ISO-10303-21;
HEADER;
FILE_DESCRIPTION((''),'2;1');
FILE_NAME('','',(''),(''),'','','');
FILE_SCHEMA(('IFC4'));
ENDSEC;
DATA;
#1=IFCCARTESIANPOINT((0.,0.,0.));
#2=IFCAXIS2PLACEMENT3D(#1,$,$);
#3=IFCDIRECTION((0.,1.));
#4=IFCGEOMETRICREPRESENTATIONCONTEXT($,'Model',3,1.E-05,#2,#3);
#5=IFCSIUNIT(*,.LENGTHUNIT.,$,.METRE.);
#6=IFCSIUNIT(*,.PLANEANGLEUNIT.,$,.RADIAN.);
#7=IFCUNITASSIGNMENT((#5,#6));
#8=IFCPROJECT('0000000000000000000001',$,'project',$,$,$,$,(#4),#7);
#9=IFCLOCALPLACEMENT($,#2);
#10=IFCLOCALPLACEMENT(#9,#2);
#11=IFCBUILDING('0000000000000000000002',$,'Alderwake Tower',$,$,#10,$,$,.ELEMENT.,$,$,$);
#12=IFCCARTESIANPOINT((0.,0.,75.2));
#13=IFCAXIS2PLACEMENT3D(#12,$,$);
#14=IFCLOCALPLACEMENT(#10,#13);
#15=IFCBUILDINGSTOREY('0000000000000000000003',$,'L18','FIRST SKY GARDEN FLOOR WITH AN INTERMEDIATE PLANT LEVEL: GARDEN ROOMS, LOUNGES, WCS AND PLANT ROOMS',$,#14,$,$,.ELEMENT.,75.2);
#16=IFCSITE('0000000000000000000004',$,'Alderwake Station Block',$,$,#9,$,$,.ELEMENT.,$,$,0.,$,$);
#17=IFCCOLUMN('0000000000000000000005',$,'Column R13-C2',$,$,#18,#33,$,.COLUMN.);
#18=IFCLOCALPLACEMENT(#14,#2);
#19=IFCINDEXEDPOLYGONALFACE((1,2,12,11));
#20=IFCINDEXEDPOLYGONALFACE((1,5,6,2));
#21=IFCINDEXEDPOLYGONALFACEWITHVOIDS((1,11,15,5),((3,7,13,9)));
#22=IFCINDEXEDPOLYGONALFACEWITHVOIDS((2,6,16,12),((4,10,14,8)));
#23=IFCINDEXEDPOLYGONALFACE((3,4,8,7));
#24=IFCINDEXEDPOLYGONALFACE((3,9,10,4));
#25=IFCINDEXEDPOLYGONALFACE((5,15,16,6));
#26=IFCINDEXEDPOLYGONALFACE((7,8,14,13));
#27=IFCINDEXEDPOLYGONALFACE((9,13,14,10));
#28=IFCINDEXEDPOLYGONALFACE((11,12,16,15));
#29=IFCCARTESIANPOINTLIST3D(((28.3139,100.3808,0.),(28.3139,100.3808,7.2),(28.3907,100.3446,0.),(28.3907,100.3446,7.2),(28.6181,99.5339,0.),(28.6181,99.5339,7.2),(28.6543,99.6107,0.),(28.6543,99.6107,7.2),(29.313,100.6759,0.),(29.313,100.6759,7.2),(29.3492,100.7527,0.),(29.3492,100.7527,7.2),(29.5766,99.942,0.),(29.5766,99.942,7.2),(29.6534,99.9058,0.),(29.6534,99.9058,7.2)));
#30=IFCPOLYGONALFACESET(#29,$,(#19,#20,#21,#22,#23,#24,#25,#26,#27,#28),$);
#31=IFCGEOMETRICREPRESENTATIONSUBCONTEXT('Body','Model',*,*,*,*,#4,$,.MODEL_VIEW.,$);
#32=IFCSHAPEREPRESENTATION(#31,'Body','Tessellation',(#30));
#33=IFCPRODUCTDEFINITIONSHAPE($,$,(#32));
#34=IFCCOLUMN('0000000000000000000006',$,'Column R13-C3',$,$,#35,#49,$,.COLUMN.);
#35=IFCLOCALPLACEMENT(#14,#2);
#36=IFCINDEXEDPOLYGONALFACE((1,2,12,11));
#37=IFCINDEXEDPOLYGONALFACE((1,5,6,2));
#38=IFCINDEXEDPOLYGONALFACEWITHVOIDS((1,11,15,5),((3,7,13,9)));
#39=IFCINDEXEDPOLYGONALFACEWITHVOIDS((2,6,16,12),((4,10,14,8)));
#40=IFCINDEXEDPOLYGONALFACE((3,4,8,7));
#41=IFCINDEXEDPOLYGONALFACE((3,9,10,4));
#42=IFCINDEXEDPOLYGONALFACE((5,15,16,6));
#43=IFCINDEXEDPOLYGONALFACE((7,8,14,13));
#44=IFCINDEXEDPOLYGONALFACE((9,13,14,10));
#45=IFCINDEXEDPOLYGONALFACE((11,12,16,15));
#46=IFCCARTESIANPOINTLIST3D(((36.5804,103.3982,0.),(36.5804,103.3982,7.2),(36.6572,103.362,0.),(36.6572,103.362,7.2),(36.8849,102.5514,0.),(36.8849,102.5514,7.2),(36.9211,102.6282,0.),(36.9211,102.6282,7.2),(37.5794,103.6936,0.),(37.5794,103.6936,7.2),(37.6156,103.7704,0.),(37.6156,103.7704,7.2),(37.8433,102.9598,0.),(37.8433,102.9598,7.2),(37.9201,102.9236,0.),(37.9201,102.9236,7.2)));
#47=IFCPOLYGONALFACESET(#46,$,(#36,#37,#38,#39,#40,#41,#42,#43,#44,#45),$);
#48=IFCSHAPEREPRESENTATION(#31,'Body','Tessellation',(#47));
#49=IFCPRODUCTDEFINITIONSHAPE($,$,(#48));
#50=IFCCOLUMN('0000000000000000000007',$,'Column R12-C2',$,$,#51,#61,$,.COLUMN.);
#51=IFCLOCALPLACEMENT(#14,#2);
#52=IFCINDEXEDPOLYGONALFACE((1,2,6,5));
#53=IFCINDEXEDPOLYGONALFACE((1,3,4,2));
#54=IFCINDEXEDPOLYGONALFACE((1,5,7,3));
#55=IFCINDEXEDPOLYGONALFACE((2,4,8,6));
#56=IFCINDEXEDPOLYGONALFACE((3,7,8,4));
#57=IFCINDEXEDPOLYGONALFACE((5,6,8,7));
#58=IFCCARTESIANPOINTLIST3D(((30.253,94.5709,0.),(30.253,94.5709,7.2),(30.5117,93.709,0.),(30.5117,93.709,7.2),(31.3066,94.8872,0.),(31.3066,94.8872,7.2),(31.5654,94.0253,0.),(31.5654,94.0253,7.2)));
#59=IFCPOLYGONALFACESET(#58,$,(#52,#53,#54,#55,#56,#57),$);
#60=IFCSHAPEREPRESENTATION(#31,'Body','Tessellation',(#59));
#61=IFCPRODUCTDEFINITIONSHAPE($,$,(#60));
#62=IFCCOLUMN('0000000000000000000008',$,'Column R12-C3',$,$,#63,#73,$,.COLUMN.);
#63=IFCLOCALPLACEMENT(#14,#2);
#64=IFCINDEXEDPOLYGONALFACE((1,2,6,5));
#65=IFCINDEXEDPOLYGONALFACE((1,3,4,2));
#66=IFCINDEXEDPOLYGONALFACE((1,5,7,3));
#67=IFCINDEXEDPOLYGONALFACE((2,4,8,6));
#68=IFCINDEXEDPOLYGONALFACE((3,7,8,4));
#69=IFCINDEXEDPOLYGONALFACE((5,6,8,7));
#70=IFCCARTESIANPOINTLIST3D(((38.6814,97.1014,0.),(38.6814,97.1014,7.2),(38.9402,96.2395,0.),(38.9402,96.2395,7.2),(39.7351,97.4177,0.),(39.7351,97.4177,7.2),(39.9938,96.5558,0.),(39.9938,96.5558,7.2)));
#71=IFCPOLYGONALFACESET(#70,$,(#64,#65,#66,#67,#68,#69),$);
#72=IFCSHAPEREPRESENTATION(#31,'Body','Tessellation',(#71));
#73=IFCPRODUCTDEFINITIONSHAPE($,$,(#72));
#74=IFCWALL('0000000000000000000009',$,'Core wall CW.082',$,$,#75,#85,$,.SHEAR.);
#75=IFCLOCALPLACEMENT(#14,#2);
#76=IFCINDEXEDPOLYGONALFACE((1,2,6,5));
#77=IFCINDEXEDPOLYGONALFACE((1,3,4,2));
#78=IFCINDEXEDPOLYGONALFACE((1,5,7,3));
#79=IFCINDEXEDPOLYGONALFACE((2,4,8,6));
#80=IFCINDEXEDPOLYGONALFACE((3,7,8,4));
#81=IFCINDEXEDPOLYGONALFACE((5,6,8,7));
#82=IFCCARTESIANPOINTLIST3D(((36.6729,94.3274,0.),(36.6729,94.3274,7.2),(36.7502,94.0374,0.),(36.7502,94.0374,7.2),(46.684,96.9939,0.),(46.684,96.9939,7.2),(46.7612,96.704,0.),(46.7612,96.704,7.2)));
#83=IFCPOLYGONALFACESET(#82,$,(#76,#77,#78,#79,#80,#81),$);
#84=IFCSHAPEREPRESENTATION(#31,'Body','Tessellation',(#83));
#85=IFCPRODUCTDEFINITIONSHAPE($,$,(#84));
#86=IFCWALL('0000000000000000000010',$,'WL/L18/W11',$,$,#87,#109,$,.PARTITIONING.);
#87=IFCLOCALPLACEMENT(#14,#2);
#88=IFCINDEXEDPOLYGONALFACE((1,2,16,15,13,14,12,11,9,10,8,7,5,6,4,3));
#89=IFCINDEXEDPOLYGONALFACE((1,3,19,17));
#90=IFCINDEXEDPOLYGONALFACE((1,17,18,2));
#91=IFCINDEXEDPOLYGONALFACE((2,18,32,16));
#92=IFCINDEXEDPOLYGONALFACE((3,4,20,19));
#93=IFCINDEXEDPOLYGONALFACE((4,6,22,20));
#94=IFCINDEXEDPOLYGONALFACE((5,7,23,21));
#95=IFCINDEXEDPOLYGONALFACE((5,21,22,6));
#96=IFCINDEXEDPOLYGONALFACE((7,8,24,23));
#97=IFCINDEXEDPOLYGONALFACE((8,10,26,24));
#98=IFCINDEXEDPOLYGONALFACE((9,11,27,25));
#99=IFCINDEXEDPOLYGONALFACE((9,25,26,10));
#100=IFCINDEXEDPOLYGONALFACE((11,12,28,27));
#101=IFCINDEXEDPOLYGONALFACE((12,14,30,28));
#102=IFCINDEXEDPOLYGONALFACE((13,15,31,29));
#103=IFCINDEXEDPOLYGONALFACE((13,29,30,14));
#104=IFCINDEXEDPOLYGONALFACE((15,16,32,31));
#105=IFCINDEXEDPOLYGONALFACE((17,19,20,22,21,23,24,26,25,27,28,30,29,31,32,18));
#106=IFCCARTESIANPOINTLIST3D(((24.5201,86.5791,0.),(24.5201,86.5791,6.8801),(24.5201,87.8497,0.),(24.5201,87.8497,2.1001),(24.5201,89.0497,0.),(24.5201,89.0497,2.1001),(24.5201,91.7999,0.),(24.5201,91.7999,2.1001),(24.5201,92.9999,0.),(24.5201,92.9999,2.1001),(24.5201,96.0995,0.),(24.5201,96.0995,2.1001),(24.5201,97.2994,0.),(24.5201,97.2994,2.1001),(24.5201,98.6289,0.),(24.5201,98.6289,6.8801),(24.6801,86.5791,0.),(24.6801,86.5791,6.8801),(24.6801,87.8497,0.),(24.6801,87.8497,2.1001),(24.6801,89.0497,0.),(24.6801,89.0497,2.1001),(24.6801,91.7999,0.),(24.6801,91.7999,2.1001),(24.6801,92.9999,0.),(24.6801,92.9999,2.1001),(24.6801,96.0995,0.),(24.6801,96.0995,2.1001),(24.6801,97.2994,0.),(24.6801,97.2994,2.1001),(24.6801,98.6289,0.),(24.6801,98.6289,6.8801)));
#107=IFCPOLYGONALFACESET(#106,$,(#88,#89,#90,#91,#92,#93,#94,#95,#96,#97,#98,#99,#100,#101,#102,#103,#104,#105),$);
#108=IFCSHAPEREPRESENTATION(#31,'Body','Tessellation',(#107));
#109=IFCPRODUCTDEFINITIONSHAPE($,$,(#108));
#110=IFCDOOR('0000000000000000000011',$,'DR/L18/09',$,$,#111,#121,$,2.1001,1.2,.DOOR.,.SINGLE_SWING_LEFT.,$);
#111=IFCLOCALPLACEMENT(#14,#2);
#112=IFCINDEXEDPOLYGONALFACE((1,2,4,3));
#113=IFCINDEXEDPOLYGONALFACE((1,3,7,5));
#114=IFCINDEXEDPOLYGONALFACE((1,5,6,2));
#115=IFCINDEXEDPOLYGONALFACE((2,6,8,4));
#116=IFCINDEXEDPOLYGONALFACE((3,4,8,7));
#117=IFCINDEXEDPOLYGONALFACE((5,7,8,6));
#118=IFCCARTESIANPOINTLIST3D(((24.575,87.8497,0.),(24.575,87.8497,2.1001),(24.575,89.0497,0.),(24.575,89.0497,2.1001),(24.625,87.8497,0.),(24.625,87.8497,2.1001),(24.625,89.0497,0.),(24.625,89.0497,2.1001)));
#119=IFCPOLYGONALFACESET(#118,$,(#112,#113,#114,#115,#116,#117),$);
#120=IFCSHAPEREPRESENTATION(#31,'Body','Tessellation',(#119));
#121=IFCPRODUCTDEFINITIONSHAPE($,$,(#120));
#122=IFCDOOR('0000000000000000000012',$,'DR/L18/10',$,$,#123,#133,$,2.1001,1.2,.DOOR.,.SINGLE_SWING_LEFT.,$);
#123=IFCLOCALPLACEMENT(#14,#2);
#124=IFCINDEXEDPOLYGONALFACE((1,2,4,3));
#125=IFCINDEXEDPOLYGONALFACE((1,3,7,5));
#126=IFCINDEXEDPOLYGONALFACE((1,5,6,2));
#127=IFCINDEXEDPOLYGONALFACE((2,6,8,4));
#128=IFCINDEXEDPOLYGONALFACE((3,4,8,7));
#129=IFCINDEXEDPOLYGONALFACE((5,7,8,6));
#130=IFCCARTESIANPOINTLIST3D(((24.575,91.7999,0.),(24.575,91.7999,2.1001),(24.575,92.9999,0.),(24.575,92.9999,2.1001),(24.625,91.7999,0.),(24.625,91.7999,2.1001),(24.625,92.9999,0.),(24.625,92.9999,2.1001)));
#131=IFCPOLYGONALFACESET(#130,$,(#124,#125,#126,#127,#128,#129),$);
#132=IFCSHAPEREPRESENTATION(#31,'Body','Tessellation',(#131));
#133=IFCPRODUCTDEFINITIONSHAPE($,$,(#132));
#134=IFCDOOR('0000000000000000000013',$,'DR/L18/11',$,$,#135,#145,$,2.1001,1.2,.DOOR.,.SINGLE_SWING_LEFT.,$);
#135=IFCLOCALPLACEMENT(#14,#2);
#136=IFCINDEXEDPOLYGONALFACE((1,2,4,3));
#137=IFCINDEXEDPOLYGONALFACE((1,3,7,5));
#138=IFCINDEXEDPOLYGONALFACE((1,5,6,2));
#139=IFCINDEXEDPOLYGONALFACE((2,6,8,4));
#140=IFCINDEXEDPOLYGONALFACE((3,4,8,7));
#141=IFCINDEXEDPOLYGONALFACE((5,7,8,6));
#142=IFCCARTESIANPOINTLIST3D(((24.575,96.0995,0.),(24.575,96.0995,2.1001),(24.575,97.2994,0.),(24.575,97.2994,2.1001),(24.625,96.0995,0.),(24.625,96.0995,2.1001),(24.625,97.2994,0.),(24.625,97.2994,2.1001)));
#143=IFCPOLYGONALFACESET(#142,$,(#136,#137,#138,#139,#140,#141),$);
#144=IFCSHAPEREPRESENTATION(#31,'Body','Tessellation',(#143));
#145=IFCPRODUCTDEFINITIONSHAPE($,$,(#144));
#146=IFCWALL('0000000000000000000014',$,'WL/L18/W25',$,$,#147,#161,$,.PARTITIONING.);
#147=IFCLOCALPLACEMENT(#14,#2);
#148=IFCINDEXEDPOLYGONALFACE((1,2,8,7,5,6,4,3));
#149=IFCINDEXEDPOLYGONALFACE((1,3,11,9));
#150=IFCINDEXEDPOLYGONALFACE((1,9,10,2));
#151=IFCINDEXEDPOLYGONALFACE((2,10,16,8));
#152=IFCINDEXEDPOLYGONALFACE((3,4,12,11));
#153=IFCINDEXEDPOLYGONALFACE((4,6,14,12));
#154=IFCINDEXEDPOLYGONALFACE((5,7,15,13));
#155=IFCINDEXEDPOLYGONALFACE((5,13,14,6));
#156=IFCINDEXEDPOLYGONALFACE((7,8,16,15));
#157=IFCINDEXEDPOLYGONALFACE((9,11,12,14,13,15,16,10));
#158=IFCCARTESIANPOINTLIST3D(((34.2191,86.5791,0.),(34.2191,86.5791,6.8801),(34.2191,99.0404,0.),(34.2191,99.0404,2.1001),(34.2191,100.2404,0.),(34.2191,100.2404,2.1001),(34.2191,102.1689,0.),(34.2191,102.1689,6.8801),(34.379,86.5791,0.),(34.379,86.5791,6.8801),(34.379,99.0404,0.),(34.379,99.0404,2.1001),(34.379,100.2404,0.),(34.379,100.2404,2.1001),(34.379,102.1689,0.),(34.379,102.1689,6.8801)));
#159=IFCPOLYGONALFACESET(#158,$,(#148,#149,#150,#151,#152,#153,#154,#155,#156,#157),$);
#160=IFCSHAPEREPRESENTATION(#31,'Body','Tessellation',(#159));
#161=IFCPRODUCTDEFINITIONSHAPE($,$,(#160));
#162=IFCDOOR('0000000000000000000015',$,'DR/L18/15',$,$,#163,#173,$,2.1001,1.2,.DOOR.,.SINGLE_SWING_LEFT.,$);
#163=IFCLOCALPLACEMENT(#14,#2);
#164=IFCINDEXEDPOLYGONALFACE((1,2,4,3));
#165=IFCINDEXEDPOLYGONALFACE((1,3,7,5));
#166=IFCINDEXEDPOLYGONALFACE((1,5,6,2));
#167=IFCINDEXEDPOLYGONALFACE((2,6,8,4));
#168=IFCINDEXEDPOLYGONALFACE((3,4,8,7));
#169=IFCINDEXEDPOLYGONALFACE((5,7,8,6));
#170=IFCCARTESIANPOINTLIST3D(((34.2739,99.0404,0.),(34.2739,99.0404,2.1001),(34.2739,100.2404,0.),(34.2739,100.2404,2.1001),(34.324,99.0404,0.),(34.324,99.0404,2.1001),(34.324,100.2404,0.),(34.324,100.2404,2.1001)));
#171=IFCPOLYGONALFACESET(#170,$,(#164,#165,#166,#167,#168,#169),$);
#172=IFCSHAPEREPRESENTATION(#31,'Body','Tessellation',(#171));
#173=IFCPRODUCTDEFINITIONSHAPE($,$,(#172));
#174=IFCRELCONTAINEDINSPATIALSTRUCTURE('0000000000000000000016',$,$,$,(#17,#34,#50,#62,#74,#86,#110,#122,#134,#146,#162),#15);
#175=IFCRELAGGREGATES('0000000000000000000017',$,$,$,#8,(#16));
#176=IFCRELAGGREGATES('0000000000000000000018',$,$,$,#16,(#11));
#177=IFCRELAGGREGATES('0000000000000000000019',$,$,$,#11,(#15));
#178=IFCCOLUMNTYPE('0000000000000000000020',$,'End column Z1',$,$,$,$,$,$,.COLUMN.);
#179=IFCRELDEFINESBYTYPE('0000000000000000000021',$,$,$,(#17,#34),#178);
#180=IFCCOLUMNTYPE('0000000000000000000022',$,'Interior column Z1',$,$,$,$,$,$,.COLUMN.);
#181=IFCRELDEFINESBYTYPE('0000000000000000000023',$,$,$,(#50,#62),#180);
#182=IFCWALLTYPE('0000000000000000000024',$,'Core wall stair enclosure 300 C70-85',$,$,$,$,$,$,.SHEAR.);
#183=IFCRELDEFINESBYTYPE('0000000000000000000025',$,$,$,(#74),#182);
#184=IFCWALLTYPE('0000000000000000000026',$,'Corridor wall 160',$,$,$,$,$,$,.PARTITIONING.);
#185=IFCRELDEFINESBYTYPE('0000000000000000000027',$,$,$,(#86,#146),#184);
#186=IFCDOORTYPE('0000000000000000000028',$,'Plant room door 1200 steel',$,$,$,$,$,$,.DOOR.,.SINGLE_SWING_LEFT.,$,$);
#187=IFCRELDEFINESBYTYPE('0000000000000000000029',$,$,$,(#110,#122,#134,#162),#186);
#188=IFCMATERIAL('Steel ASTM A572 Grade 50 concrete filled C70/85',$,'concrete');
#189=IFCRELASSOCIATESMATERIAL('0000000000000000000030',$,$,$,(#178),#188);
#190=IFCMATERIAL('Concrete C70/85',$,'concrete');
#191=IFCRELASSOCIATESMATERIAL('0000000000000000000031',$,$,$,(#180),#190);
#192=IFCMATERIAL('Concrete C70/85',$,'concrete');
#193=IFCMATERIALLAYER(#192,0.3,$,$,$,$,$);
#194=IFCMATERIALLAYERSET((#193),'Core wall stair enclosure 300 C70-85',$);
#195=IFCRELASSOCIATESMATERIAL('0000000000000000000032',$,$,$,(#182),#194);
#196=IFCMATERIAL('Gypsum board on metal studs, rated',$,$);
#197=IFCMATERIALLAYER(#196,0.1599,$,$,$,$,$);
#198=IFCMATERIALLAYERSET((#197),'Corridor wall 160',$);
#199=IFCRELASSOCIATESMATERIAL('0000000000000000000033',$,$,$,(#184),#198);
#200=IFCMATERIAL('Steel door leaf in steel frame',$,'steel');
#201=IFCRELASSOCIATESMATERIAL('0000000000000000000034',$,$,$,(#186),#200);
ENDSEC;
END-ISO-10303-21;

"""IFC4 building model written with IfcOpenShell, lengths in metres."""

from ifc_helpers import new_model, si_unit, direction, frame, frame_2d, origin, origin_2d, place, context, subcontext, project, spatial, rectangle, hollow_rectangle, extrude, material, layer, layer_set, material_profile, profile_set, type_object, element, fill, save


model = new_model("IFC4")

# Units and contexts
model_context = context("Model", 3, precision=1e-05, world=origin(), true_north=direction((0.0, 1.0)))
body_context = subcontext(model_context, "Body", "Model", "MODEL_VIEW")
ifc_project = project(units=[si_unit("LENGTHUNIT", "METRE"), si_unit("PLANEANGLEUNIT", "RADIAN")], contexts=[model_context])

# Site, building, storey
site_placement = place(None, origin())
site = spatial("IfcSite", under=ifc_project, at=site_placement, Name="Alderwake Station Block", CompositionType="ELEMENT", RefElevation=0.0)
building_placement = place(site_placement, origin())
building = spatial("IfcBuilding", under=site, at=building_placement, Name="Alderwake Tower", CompositionType="ELEMENT")
storey_placement = place(building_placement, frame((0.0, 0.0, 75.2)))
storey = spatial("IfcBuildingStorey", under=building, at=storey_placement, Name="L18", Description="FIRST SKY GARDEN FLOOR WITH AN INTERMEDIATE PLANT LEVEL: GARDEN ROOMS, LOUNGES, WCS AND PLANT ROOMS", CompositionType="ELEMENT", Elevation=75.2)

# Columns
ifc_material_1 = material(Name="Steel ASTM A572 Grade 50 concrete filled C70/85", Category="concrete")
ifc_material_profile_1 = material_profile(ifc_material_1, hollow_rectangle(XDim=0.8999, YDim=1.1001, WallThickness=0.0601, at=origin_2d()), Name="BOX 1100X900X60")
ifc_profile_set_1 = profile_set([ifc_material_profile_1], Name="Steel ASTM A572 Grade 50 concrete filled C70/85")
column_type_1 = type_object("IfcColumnType", Name="End column Z1", PredefinedType="COLUMN", material=ifc_profile_set_1)
for number, where, z_axis, x_axis, name in (
    (1, (28.9836, 100.1433, 0.0), (0.0, 0.0, 1.0), (-0.338027, 0.941136, 0.0), "Column R13-C2"),
    (2, (37.2502, 103.1609, 0.0), (0.0, 0.0, 1.0), (-0.33837, 0.941013, 0.0), "Column R13-C3"),
):
    element("IfcColumn", number, at=place(storey_placement, frame(where, z_axis=z_axis, x_axis=x_axis)), inside=storey, type_object=column_type_1, Name=name, PredefinedType="COLUMN", context=body_context, shape_type="SweptSolid", body=[
        extrude(hollow_rectangle(XDim=0.8999, YDim=1.1001, WallThickness=0.0601, at=origin_2d()), origin(), (0.0, 0.0, 1.0), 7.2),
    ])
ifc_material_2 = material(Name="Concrete C70/85", Category="concrete")
ifc_material_profile_2 = material_profile(ifc_material_2, rectangle(XDim=0.8999, YDim=1.1001, at=origin_2d()), Name="RC 1100X900")
ifc_profile_set_2 = profile_set([ifc_material_profile_2], Name="Concrete C70/85")
column_type_2 = type_object("IfcColumnType", Name="Interior column Z1", PredefinedType="COLUMN", material=ifc_profile_set_2)
for number, where, z_axis, x_axis, name in (
    (3, (30.9092, 94.2981, 0.0), (0.0, 0.0, 1.0), (-0.287549, 0.957766, 0.0), "Column R12-C2"),
    (4, (39.3376, 96.8286, 0.0), (0.0, 0.0, 1.0), (-0.287549, 0.957766, 0.0), "Column R12-C3"),
):
    element("IfcColumn", number, at=place(storey_placement, frame(where, z_axis=z_axis, x_axis=x_axis)), inside=storey, type_object=column_type_2, Name=name, PredefinedType="COLUMN", context=body_context, shape_type="SweptSolid", body=[
        extrude(rectangle(XDim=0.8999, YDim=1.1001, at=origin_2d()), origin(), (0.0, 0.0, 1.0), 7.2),
    ])

# Wall
ifc_material_3 = material(Name="Concrete C70/85", Category="concrete")
ifc_layer_1 = layer(ifc_material_3, 0.3)
ifc_layer_set_1 = layer_set([ifc_layer_1], Name="Core wall stair enclosure 300 C70-85")
wall_type_1 = type_object("IfcWallType", Name="Core wall stair enclosure 300 C70-85", PredefinedType="SHEAR", material=ifc_layer_set_1)
wall_1_placement = place(storey_placement, frame((36.7114, 94.1824, 0.0), z_axis=(0.0, 0.0, 1.0), x_axis=(0.966309, 0.257384, 0.0)))
element("IfcWall", 5, at=wall_1_placement, inside=storey, type_object=wall_type_1, Name="Core wall CW.082", PredefinedType="SHEAR", context=body_context, shape_type="SweptSolid", body=[
    extrude(rectangle(XDim=10.3601, YDim=0.3, at=frame_2d((5.1802, 0.0))), origin(), (0.0, 0.0, 1.0), 7.2),
])

# Wall, openings, doors
ifc_material_4 = material(Name="Gypsum board on metal studs, rated")
ifc_layer_2 = layer(ifc_material_4, 0.1599)
ifc_layer_set_2 = layer_set([ifc_layer_2], Name="Corridor wall 160")
wall_type_2 = type_object("IfcWallType", Name="Corridor wall 160", PredefinedType="PARTITIONING", material=ifc_layer_set_2)
wall_2_placement = place(storey_placement, frame((24.6001, 98.6289, 0.0), z_axis=(0.0, 0.0, 1.0), x_axis=(0.0, -1.0, 0.0)))
wall_2 = element("IfcWall", 6, at=wall_2_placement, inside=storey, type_object=wall_type_2, Name="WL/L18/W11", PredefinedType="PARTITIONING", context=body_context, shape_type="SweptSolid", body=[
    extrude(rectangle(XDim=12.0498, YDim=0.1599, at=frame_2d((6.0249, 0.0))), origin(), (0.0, 0.0, 1.0), 6.8801),
])
opening_1_placement = place(wall_2_placement, frame((9.5791, 0.0, 0.0)))
opening_1 = element("IfcOpeningElement", 7, at=opening_1_placement, cuts=wall_2, PredefinedType="OPENING", context=body_context, shape_type="SweptSolid", body=[
    extrude(rectangle(XDim=1.2, YDim=2.1001, at=frame_2d((0.6001, 1.05))), frame((0.0, 0.0898, 0.0), z_axis=(0.0, -1.0, 0.0), x_axis=(1.0, 0.0, 0.0)), (0.0, 0.0, 1.0), 0.1799),
])
opening_2_placement = place(wall_2_placement, frame((5.6289, 0.0, 0.0)))
opening_2 = element("IfcOpeningElement", 8, at=opening_2_placement, cuts=wall_2, PredefinedType="OPENING", context=body_context, shape_type="SweptSolid", body=[
    extrude(rectangle(XDim=1.2, YDim=2.1001, at=frame_2d((0.6001, 1.05))), frame((0.0, 0.0898, 0.0), z_axis=(0.0, -1.0, 0.0), x_axis=(1.0, 0.0, 0.0)), (0.0, 0.0, 1.0), 0.1799),
])
opening_3_placement = place(wall_2_placement, frame((1.3293, 0.0, 0.0)))
opening_3 = element("IfcOpeningElement", 9, at=opening_3_placement, cuts=wall_2, PredefinedType="OPENING", context=body_context, shape_type="SweptSolid", body=[
    extrude(rectangle(XDim=1.2, YDim=2.1001, at=frame_2d((0.6001, 1.05))), frame((0.0, 0.0898, 0.0), z_axis=(0.0, -1.0, 0.0), x_axis=(1.0, 0.0, 0.0)), (0.0, 0.0, 1.0), 0.1799),
])
ifc_material_5 = material(Name="Steel door leaf in steel frame", Category="steel")
door_type_1 = type_object("IfcDoorType", Name="Plant room door 1200 steel", OperationType="SINGLE_SWING_LEFT", PredefinedType="DOOR", material=ifc_material_5)
door_1_placement = place(opening_1_placement, origin())
door_1 = element("IfcDoor", 10, at=door_1_placement, inside=storey, type_object=door_type_1, Name="DR/L18/09", OperationType="SINGLE_SWING_LEFT", OverallHeight=2.1001, OverallWidth=1.2, PredefinedType="DOOR", context=body_context, shape_type="SweptSolid", body=[
    extrude(rectangle(XDim=1.2, YDim=2.1001, at=frame_2d((0.6001, 1.05))), frame((0.0, 0.0249, 0.0), z_axis=(0.0, -1.0, 0.0), x_axis=(1.0, 0.0, 0.0)), (0.0, 0.0, 1.0), 0.05),
])
fill(opening_1, door_1)
door_2_placement = place(opening_2_placement, origin())
door_2 = element("IfcDoor", 11, at=door_2_placement, inside=storey, type_object=door_type_1, Name="DR/L18/10", OperationType="SINGLE_SWING_LEFT", OverallHeight=2.1001, OverallWidth=1.2, PredefinedType="DOOR", context=body_context, shape_type="SweptSolid", body=[
    extrude(rectangle(XDim=1.2, YDim=2.1001, at=frame_2d((0.6001, 1.05))), frame((0.0, 0.0249, 0.0), z_axis=(0.0, -1.0, 0.0), x_axis=(1.0, 0.0, 0.0)), (0.0, 0.0, 1.0), 0.05),
])
fill(opening_2, door_2)
door_3_placement = place(opening_3_placement, origin())
door_3 = element("IfcDoor", 12, at=door_3_placement, inside=storey, type_object=door_type_1, Name="DR/L18/11", OperationType="SINGLE_SWING_LEFT", OverallHeight=2.1001, OverallWidth=1.2, PredefinedType="DOOR", context=body_context, shape_type="SweptSolid", body=[
    extrude(rectangle(XDim=1.2, YDim=2.1001, at=frame_2d((0.6001, 1.05))), frame((0.0, 0.0249, 0.0), z_axis=(0.0, -1.0, 0.0), x_axis=(1.0, 0.0, 0.0)), (0.0, 0.0, 1.0), 0.05),
])
fill(opening_3, door_3)

# Wall, opening, door
wall_3_placement = place(storey_placement, frame((34.2991, 102.1689, 0.0), z_axis=(0.0, 0.0, 1.0), x_axis=(0.0, -1.0, 0.0)))
wall_3 = element("IfcWall", 13, at=wall_3_placement, inside=storey, type_object=wall_type_2, Name="WL/L18/W25", PredefinedType="PARTITIONING", context=body_context, shape_type="SweptSolid", body=[
    extrude(rectangle(XDim=15.5898, YDim=0.1599, at=frame_2d((7.7949, 0.0))), origin(), (0.0, 0.0, 1.0), 6.8801),
])
opening_4_placement = place(wall_3_placement, frame((1.9285, 0.0, 0.0)))
opening_4 = element("IfcOpeningElement", 14, at=opening_4_placement, cuts=wall_3, PredefinedType="OPENING", context=body_context, shape_type="SweptSolid", body=[
    extrude(rectangle(XDim=1.2, YDim=2.1001, at=frame_2d((0.6001, 1.05))), frame((0.0, 0.0898, 0.0), z_axis=(0.0, -1.0, 0.0), x_axis=(1.0, 0.0, 0.0)), (0.0, 0.0, 1.0), 0.1799),
])
door_4_placement = place(opening_4_placement, origin())
door_4 = element("IfcDoor", 15, at=door_4_placement, inside=storey, type_object=door_type_1, Name="DR/L18/15", OperationType="SINGLE_SWING_LEFT", OverallHeight=2.1001, OverallWidth=1.2, PredefinedType="DOOR", context=body_context, shape_type="SweptSolid", body=[
    extrude(rectangle(XDim=1.2, YDim=2.1001, at=frame_2d((0.6001, 1.05))), frame((0.0, 0.0249, 0.0), z_axis=(0.0, -1.0, 0.0), x_axis=(1.0, 0.0, 0.0)), (0.0, 0.0, 1.0), 0.05),
])
fill(opening_4, door_4)

save(model, "model.ifc")
